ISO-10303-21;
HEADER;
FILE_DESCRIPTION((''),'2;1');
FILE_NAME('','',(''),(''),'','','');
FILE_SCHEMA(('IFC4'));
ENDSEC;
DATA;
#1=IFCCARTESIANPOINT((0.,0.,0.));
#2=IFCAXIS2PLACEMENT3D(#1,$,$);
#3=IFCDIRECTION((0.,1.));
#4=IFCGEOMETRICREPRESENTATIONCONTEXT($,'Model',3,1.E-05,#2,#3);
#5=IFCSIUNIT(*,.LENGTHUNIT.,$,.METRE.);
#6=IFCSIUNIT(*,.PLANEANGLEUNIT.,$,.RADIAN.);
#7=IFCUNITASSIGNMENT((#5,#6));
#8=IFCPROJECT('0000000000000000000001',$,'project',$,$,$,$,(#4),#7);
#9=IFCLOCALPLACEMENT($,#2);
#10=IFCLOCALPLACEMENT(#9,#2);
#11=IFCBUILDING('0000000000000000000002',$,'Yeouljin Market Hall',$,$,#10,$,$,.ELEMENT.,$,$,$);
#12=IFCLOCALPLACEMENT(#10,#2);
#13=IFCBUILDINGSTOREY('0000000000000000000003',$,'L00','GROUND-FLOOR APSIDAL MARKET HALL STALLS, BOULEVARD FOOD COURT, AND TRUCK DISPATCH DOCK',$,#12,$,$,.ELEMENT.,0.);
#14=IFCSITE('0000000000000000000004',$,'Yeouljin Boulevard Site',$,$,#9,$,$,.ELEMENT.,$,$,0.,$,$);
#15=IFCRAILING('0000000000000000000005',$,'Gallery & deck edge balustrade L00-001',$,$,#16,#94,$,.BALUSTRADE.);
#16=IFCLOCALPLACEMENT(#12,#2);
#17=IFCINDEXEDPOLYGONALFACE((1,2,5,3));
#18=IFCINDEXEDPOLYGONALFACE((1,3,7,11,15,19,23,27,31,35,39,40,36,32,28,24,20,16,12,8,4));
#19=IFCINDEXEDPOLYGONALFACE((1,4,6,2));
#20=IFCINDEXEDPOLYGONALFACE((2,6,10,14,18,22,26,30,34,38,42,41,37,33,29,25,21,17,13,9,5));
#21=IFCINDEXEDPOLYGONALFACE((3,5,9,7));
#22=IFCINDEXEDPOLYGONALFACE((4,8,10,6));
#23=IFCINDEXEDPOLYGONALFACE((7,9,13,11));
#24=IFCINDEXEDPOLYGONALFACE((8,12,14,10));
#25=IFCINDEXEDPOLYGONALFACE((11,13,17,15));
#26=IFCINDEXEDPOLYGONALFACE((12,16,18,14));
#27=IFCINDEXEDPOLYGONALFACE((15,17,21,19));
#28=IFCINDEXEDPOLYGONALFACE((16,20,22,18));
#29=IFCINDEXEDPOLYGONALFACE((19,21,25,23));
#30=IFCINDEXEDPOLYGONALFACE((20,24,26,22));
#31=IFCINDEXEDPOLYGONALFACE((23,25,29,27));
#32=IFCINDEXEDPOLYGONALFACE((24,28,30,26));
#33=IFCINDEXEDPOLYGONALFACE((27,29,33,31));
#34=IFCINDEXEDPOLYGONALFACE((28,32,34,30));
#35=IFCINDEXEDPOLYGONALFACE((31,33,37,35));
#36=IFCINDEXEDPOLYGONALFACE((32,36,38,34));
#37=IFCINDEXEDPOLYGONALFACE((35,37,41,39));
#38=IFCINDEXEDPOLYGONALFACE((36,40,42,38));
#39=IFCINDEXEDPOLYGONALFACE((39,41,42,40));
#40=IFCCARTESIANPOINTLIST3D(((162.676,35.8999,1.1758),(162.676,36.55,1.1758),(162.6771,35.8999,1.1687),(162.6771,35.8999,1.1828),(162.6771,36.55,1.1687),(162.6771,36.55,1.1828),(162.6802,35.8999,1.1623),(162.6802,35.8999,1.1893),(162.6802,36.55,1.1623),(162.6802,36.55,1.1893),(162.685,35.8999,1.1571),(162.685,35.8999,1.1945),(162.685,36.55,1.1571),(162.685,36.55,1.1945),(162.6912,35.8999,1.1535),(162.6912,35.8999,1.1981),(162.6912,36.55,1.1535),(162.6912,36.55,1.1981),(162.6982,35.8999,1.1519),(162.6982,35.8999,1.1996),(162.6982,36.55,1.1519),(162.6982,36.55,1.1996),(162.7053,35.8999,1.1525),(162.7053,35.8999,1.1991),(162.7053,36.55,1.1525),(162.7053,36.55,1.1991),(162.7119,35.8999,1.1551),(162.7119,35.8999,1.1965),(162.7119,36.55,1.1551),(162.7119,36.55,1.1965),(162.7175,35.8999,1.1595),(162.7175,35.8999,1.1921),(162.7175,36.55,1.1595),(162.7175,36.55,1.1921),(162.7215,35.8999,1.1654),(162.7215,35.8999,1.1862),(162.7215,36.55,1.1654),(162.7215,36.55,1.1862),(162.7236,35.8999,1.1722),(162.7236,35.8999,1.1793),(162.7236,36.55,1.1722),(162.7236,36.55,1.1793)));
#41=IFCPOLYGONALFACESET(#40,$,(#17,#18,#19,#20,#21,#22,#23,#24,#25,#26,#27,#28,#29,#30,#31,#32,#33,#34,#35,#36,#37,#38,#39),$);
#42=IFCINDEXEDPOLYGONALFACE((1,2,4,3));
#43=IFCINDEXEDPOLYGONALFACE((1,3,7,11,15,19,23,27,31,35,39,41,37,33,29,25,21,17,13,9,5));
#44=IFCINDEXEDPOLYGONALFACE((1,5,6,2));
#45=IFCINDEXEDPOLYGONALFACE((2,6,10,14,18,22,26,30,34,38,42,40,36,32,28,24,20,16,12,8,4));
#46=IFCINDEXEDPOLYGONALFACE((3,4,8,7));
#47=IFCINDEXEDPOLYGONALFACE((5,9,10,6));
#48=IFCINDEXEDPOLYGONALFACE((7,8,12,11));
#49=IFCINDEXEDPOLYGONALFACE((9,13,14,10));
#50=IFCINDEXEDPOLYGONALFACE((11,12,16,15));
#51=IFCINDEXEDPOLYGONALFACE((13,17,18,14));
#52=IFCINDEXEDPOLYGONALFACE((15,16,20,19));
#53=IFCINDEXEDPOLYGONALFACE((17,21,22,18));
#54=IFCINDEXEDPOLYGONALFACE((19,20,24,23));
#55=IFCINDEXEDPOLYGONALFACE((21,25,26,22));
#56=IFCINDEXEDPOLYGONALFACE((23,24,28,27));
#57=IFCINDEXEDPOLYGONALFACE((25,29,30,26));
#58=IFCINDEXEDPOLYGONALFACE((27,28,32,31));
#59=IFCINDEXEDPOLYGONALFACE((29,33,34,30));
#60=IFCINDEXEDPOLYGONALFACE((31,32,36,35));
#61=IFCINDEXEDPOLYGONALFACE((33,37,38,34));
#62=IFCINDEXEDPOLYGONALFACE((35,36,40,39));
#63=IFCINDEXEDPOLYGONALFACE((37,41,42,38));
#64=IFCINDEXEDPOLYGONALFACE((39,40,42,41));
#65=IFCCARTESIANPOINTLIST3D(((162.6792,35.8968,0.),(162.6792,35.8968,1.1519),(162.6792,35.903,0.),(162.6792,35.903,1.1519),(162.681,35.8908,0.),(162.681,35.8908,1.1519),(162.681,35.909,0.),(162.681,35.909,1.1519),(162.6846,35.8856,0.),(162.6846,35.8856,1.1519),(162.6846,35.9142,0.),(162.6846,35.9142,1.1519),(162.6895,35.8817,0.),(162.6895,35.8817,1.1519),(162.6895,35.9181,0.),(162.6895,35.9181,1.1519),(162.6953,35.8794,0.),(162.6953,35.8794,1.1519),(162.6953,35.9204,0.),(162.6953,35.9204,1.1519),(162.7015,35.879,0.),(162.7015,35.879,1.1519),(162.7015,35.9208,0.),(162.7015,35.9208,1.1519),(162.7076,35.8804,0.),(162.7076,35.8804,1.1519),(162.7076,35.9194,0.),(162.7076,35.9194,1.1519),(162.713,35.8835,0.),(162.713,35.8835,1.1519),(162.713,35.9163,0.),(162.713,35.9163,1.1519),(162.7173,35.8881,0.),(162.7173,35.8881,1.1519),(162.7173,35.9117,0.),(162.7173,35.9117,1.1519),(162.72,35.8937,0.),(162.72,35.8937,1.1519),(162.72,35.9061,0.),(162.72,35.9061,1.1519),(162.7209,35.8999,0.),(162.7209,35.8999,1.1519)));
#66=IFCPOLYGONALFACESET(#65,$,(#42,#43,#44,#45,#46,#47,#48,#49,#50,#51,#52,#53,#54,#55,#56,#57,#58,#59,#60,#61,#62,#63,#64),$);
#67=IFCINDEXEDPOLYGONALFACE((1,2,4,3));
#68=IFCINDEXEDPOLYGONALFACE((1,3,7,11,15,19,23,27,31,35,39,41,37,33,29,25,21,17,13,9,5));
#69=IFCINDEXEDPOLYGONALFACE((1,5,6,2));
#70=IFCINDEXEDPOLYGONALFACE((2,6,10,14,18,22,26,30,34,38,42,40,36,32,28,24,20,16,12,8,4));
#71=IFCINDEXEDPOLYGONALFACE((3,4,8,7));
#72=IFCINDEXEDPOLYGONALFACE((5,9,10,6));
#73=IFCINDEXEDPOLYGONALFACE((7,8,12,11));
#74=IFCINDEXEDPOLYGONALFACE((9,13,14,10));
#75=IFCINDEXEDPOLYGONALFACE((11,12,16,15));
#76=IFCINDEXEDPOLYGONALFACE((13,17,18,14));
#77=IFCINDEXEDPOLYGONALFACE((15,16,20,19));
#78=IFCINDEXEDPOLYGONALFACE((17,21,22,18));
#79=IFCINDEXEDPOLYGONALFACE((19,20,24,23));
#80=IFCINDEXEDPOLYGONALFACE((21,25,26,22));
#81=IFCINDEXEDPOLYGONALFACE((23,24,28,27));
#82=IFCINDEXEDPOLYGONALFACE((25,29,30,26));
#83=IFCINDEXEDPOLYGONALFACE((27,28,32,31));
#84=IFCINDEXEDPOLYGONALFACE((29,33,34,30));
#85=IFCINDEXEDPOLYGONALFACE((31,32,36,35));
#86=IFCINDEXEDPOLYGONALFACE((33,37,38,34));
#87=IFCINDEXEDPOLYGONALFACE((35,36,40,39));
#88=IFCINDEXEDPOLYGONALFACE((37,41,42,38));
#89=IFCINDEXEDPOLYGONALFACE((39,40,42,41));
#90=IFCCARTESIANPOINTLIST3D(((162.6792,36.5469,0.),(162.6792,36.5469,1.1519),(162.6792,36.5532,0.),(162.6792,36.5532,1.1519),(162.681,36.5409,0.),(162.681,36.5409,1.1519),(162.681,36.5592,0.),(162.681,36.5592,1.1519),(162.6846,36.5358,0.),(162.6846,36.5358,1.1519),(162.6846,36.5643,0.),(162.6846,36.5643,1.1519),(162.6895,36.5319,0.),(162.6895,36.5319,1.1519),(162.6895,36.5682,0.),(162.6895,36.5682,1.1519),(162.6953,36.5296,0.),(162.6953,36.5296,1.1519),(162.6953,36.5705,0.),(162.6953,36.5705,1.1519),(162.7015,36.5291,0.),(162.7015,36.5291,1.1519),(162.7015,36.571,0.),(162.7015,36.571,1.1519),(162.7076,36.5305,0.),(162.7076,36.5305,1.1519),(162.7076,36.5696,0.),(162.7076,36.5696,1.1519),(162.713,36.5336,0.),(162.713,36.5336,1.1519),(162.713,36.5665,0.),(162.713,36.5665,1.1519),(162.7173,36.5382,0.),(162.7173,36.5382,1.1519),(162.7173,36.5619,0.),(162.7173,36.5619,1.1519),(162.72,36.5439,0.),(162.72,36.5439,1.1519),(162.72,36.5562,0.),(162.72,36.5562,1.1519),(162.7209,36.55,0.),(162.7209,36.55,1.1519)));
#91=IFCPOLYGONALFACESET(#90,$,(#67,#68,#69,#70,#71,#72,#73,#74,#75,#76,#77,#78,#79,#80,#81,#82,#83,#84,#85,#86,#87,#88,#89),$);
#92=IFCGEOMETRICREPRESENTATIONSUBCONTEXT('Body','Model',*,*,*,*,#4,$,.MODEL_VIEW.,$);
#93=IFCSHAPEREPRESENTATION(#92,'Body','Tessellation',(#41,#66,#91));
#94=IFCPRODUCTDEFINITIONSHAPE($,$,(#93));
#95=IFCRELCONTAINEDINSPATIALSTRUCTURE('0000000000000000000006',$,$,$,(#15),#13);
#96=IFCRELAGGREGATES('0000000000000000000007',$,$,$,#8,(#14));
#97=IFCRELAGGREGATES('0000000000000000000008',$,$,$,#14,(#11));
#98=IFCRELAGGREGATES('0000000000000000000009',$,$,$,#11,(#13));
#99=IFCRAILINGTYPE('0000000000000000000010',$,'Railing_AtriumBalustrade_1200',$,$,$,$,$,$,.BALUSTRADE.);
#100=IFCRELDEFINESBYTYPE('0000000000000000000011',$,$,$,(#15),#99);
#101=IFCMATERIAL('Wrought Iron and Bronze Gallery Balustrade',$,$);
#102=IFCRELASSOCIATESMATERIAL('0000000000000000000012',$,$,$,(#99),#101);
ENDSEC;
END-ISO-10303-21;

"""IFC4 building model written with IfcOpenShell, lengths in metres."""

from ifc_helpers import new_model, si_unit, direction, frame, origin, origin_2d, place, context, subcontext, project, spatial, circle, extrude, material, type_object, element, save


model = new_model("IFC4")

# Units and contexts
model_context = context("Model", 3, precision=1e-05, world=origin(), true_north=direction((0.0, 1.0)))
body_context = subcontext(model_context, "Body", "Model", "MODEL_VIEW")
ifc_project = project(units=[si_unit("LENGTHUNIT", "METRE"), si_unit("PLANEANGLEUNIT", "RADIAN")], contexts=[model_context])

# Site, building, storey
site_placement = place(None, origin())
site = spatial("IfcSite", under=ifc_project, at=site_placement, Name="Yeouljin Boulevard Site", CompositionType="ELEMENT", RefElevation=0.0)
building_placement = place(site_placement, origin())
building = spatial("IfcBuilding", under=site, at=building_placement, Name="Yeouljin Market Hall", CompositionType="ELEMENT")
storey_placement = place(building_placement, origin())
storey = spatial("IfcBuildingStorey", under=building, at=storey_placement, Name="L00", Description="GROUND-FLOOR APSIDAL MARKET HALL STALLS, BOULEVARD FOOD COURT, AND TRUCK DISPATCH DOCK", CompositionType="ELEMENT", Elevation=0.0)

# Railing
ifc_material_1 = material(Name="Wrought Iron and Bronze Gallery Balustrade")
railing_type = type_object("IfcRailingType", Name="Railing_AtriumBalustrade_1200", PredefinedType="BALUSTRADE", material=ifc_material_1)
railing_placement = place(storey_placement, frame((162.7, 35.8999, 0.0)))
element("IfcRailing", 1, at=railing_placement, inside=storey, type_object=railing_type, Name="Gallery & deck edge balustrade L00-001", PredefinedType="BALUSTRADE", context=body_context, shape_type="SweptSolid", body=[
    extrude(circle(Radius=0.0239, at=origin_2d()), frame((0.0, 0.0, 1.1758), z_axis=(0.0, 1.0, 0.0), x_axis=(-1.0, 0.0, 0.0)), (0.0, 0.0, 1.0), 0.6501),
    extrude(circle(Radius=0.021, at=origin_2d()), origin(), (0.0, 0.0, 1.0), 1.1519),
    extrude(circle(Radius=0.021, at=origin_2d()), frame((0.0, 0.6501, 0.0)), (0.0, 0.0, 1.0), 1.1519),
])

save(model, "model.ifc")
